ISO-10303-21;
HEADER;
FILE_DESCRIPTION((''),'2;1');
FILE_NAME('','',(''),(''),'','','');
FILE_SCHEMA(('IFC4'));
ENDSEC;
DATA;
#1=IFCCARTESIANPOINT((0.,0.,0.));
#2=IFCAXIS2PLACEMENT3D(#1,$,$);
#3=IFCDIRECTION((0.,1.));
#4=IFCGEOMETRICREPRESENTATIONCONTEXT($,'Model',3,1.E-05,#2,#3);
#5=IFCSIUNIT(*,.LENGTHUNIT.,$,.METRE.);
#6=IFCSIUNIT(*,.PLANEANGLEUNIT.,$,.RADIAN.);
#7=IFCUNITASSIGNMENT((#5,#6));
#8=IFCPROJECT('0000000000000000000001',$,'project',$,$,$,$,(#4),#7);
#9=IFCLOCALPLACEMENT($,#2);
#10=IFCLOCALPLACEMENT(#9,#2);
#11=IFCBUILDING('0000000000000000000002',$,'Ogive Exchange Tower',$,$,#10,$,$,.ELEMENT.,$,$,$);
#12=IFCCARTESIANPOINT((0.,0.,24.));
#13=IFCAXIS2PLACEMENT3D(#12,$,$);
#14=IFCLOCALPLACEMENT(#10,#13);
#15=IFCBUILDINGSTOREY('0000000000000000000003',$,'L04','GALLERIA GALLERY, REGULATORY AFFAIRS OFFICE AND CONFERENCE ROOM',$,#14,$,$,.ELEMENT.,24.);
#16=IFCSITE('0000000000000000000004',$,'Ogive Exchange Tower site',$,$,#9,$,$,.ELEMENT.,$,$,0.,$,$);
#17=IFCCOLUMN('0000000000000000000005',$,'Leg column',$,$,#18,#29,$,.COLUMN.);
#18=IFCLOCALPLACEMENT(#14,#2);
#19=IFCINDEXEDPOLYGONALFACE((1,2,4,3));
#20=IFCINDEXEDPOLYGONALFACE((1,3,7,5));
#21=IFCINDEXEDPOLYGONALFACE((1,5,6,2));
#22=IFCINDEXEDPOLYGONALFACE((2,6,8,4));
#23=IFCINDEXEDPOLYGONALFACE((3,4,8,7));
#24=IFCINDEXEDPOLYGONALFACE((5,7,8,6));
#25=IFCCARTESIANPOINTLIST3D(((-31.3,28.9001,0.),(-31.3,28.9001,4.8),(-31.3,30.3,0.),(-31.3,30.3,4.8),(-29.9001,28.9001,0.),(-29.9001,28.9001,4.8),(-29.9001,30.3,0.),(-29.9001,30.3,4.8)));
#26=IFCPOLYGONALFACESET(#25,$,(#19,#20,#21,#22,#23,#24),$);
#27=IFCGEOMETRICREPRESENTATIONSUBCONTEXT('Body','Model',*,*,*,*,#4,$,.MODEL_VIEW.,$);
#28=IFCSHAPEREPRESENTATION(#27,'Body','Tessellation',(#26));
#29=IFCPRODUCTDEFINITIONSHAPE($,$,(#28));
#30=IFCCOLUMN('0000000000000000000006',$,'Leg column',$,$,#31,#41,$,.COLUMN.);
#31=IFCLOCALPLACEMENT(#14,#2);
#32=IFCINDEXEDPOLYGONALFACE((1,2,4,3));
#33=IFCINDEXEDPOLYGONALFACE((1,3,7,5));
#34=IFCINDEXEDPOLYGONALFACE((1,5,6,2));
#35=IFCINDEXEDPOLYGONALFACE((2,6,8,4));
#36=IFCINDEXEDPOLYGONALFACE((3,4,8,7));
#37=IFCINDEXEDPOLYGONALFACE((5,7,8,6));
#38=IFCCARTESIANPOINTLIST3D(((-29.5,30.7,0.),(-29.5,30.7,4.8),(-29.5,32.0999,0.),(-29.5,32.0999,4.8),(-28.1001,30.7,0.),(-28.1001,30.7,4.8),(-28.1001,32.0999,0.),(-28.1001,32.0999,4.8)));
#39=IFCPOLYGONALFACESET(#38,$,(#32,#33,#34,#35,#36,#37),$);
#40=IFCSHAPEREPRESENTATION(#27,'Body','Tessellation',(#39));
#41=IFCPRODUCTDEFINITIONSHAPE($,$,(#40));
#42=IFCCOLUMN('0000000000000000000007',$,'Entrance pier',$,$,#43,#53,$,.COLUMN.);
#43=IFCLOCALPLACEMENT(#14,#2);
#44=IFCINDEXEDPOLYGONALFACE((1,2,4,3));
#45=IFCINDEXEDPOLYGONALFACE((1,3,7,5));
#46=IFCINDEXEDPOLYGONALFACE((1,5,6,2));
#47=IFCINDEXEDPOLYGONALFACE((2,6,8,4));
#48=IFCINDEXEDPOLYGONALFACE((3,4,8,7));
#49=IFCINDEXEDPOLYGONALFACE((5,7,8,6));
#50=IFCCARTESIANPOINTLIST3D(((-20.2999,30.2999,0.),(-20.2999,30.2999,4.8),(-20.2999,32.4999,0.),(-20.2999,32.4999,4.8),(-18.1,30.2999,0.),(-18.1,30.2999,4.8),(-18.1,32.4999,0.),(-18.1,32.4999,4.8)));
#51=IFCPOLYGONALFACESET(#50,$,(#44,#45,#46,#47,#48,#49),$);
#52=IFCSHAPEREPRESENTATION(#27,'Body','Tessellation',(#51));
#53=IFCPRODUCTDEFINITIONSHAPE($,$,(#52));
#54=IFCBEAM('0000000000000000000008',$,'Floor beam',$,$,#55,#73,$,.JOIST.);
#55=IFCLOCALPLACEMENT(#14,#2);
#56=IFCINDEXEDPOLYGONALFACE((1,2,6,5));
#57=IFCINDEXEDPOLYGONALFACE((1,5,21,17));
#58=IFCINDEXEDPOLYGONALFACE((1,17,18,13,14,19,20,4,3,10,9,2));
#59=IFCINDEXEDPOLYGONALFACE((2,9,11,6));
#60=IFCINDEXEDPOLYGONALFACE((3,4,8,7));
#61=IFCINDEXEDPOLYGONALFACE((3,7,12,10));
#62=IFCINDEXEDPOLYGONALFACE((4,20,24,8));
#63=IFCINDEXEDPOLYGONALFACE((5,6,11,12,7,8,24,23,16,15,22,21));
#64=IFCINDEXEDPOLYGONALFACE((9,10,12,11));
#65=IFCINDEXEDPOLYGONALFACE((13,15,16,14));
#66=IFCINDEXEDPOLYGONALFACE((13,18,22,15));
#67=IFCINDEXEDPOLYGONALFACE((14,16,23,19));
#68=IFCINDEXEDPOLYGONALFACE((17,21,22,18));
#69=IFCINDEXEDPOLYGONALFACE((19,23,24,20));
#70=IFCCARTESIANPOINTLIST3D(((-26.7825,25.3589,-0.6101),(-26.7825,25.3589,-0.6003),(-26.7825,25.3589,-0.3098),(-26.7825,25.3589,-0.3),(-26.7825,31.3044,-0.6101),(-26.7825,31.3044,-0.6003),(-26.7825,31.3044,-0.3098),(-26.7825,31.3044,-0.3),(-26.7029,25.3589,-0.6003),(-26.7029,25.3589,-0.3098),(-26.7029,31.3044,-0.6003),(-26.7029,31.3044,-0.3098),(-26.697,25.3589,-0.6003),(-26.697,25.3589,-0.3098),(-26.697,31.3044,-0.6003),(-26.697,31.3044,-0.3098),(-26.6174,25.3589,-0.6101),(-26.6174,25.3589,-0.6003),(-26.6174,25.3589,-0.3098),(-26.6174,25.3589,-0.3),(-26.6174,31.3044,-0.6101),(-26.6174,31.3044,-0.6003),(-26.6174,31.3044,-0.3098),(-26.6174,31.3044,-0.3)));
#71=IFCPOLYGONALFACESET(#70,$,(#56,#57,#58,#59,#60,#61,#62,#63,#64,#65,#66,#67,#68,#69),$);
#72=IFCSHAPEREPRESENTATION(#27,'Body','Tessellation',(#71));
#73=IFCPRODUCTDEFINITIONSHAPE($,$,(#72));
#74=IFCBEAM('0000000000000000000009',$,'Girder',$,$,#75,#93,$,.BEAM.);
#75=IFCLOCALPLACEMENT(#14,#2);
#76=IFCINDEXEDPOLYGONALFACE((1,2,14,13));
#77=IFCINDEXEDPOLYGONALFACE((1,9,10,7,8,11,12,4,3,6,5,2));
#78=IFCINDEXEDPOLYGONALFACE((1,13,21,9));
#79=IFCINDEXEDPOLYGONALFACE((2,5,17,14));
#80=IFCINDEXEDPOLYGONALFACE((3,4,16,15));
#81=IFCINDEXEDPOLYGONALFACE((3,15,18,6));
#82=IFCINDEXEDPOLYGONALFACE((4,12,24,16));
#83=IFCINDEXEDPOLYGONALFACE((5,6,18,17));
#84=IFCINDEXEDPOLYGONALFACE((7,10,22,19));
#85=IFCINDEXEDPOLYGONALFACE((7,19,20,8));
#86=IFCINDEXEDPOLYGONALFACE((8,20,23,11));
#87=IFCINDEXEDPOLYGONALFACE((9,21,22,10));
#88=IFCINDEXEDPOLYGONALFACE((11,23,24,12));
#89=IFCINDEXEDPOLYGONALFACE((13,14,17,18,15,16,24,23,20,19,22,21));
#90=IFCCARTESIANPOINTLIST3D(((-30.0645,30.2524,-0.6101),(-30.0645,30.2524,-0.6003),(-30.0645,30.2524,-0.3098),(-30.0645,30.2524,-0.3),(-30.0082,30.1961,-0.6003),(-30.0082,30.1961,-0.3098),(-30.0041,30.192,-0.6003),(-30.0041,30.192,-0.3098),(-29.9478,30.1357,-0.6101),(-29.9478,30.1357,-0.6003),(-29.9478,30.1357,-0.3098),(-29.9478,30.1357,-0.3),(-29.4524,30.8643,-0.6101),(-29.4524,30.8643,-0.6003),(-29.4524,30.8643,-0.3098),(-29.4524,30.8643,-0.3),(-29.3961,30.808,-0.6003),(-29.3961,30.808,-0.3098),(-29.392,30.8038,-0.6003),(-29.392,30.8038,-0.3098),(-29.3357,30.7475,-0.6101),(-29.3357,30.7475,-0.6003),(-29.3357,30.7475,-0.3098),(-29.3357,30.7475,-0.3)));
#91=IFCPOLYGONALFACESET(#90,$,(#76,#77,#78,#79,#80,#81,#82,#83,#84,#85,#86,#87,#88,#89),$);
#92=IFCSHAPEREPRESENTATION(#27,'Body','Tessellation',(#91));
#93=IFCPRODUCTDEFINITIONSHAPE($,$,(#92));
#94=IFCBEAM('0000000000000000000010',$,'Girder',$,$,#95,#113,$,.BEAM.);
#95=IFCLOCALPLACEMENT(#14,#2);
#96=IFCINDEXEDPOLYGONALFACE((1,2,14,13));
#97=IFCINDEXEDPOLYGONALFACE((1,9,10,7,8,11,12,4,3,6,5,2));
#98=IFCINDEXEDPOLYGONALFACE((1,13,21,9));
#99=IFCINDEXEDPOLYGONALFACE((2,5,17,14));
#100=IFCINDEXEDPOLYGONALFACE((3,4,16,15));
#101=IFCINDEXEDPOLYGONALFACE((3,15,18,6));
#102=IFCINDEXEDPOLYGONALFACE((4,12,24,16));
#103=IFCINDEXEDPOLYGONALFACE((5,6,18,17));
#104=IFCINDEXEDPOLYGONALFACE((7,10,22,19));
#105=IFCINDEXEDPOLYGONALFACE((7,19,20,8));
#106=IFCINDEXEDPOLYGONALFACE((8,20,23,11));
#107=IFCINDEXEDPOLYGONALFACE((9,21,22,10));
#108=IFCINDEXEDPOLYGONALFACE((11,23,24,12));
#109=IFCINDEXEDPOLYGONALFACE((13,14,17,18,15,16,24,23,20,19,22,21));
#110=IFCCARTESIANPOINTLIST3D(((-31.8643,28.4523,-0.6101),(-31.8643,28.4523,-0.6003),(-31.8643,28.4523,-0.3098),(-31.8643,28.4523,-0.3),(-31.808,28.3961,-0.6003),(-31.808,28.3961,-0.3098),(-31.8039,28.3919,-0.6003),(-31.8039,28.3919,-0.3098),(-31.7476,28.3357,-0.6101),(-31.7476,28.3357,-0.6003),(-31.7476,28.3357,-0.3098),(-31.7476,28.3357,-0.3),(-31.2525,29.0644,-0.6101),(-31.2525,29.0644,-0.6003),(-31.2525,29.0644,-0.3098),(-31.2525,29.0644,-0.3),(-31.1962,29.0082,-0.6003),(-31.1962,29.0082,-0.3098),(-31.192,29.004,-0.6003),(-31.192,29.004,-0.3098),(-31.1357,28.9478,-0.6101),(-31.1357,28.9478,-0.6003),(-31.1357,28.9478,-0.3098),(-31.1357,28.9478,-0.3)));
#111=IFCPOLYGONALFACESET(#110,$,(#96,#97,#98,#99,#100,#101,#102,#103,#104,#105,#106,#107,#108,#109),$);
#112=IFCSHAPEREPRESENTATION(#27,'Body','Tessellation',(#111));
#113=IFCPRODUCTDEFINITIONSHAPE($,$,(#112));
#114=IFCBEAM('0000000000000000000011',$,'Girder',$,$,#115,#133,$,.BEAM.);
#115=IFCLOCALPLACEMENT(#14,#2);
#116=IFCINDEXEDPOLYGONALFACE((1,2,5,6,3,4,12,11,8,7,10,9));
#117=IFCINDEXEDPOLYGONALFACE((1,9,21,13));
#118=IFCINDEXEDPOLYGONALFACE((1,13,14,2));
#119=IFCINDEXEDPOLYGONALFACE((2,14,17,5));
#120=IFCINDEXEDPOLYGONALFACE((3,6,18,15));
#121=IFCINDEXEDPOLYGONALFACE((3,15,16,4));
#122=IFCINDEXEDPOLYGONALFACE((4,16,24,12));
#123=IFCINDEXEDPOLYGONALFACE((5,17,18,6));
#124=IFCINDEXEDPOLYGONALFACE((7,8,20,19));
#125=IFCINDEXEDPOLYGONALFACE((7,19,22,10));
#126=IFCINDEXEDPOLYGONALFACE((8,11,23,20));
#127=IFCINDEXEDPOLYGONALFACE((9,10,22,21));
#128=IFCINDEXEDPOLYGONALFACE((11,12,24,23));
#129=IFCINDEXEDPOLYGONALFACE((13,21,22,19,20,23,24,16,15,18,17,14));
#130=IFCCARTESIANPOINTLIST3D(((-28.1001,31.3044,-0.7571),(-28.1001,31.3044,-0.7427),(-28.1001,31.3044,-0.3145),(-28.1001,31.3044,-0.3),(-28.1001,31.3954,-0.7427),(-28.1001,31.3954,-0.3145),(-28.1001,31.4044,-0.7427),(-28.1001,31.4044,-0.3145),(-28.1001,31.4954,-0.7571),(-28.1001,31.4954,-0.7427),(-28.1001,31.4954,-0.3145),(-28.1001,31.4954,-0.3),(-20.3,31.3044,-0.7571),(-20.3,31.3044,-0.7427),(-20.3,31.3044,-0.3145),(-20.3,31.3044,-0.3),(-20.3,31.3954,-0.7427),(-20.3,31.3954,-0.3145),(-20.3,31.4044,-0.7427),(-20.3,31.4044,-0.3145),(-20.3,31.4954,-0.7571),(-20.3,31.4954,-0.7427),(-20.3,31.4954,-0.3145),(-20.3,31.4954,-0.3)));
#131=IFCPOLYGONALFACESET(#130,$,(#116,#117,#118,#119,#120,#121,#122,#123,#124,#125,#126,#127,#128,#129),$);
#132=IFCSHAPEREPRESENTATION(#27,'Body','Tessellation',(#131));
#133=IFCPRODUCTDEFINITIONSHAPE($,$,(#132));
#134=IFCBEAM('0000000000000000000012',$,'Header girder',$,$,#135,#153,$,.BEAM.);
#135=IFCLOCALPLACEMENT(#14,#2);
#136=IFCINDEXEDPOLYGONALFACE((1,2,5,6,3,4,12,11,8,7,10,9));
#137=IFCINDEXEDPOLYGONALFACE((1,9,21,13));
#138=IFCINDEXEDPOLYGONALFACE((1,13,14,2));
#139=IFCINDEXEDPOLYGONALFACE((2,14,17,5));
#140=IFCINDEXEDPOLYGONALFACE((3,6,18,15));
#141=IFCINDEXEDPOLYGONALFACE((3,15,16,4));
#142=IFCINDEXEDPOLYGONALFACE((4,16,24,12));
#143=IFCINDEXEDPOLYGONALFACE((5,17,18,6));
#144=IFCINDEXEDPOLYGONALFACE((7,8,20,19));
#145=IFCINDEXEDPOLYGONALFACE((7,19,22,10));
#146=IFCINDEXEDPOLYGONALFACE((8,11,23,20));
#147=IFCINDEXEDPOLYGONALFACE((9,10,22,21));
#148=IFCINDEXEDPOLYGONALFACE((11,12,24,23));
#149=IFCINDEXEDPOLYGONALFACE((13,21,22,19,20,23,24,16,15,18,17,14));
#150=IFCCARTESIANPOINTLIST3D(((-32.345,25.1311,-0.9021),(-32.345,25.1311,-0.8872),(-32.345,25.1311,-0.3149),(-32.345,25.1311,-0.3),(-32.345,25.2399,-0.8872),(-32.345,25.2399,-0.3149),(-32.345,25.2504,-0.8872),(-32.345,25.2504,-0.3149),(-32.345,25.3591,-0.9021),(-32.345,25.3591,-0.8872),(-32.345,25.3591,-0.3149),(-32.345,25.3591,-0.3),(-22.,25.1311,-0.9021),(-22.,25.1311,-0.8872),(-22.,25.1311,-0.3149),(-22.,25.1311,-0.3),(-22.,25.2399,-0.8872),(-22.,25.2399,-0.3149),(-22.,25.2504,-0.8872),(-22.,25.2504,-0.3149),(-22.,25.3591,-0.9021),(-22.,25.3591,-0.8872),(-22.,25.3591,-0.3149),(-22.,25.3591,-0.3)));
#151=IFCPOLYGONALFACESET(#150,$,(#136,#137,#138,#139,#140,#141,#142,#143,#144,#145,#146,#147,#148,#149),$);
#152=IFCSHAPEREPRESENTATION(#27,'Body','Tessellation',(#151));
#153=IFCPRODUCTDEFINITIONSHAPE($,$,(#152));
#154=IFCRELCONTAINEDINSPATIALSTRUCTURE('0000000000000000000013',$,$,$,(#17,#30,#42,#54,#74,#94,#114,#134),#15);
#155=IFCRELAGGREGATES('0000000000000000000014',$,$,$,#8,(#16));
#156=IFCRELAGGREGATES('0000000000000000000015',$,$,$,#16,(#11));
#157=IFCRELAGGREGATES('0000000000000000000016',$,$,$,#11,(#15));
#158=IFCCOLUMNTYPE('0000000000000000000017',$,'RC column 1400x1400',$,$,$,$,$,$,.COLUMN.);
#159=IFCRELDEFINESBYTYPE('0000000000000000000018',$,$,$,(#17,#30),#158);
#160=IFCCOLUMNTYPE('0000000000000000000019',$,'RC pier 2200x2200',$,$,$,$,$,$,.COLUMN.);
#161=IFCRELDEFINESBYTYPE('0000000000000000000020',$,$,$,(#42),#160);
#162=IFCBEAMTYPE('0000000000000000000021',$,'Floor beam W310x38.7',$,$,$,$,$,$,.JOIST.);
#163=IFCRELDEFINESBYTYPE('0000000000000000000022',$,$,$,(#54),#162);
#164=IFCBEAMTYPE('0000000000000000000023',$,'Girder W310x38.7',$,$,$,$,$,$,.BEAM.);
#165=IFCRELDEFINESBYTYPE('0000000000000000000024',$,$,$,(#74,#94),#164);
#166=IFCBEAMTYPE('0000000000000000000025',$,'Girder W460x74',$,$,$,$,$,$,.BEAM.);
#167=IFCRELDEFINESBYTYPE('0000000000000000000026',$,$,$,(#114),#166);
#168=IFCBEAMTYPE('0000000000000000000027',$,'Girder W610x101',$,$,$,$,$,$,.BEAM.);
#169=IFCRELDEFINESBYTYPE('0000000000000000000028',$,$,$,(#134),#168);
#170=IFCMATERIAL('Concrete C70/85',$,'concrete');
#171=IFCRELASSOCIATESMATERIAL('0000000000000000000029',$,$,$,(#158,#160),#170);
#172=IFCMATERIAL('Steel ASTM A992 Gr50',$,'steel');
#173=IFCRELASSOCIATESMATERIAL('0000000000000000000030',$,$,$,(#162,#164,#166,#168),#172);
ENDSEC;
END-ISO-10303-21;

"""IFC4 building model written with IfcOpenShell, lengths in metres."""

from ifc_helpers import new_model, si_unit, direction, frame, origin, origin_2d, place, context, subcontext, project, spatial, rectangle, i_section, extrude, material, material_profile, profile_set, type_object, element, save


model = new_model("IFC4")

# Units and contexts
model_context = context("Model", 3, precision=1e-05, world=origin(), true_north=direction((0.0, 1.0)))
body_context = subcontext(model_context, "Body", "Model", "MODEL_VIEW")
ifc_project = project(units=[si_unit("LENGTHUNIT", "METRE"), si_unit("PLANEANGLEUNIT", "RADIAN")], contexts=[model_context])

# Site, building, storey
site_placement = place(None, origin())
site = spatial("IfcSite", under=ifc_project, at=site_placement, Name="Ogive Exchange Tower site", CompositionType="ELEMENT", RefElevation=0.0)
building_placement = place(site_placement, origin())
building = spatial("IfcBuilding", under=site, at=building_placement, Name="Ogive Exchange Tower", CompositionType="ELEMENT")
storey_placement = place(building_placement, frame((0.0, 0.0, 24.0)))
storey = spatial("IfcBuildingStorey", under=building, at=storey_placement, Name="L04", Description="GALLERIA GALLERY, REGULATORY AFFAIRS OFFICE AND CONFERENCE ROOM", CompositionType="ELEMENT", Elevation=24.0)

# Columns
ifc_material_1 = material(Name="Concrete C70/85", Category="concrete")
ifc_material_profile_1 = material_profile(ifc_material_1, rectangle(XDim=1.3999, YDim=1.3999, at=origin_2d()), Name="RC 1400x1400")
ifc_profile_set_1 = profile_set([ifc_material_profile_1], Name="Concrete C70/85")
column_type_1 = type_object("IfcColumnType", Name="RC column 1400x1400", PredefinedType="COLUMN", material=ifc_profile_set_1)
for number, where, z_axis, x_axis, name in (
    (1, (-30.6001, 29.6001, 0.0), (0.0, 0.0, 1.0), (1.0, 0.0, 0.0), "Leg column"),
    (2, (-28.8, 31.3999, 0.0), (0.0, 0.0, 1.0), (1.0, 0.0, 0.0), "Leg column"),
):
    element("IfcColumn", number, at=place(storey_placement, frame(where, z_axis=z_axis, x_axis=x_axis)), inside=storey, type_object=column_type_1, Name=name, PredefinedType="COLUMN", context=body_context, shape_type="SweptSolid", body=[
        extrude(rectangle(XDim=1.3999, YDim=1.3999, at=origin_2d()), origin(), (0.0, 0.0, 1.0), 4.8),
    ])
ifc_material_profile_2 = material_profile(ifc_material_1, rectangle(XDim=2.2, YDim=2.2, at=origin_2d()), Name="RC 2200x2200")
ifc_profile_set_2 = profile_set([ifc_material_profile_2], Name="Concrete C70/85")
column_type_2 = type_object("IfcColumnType", Name="RC pier 2200x2200", PredefinedType="COLUMN", material=ifc_profile_set_2)
column_placement = place(storey_placement, frame((-19.2, 31.3999, 0.0), z_axis=(0.0, 0.0, 1.0), x_axis=(1.0, 0.0, 0.0)))
element("IfcColumn", 3, at=column_placement, inside=storey, type_object=column_type_2, Name="Entrance pier", PredefinedType="COLUMN", context=body_context, shape_type="SweptSolid", body=[
    extrude(rectangle(XDim=2.2, YDim=2.2, at=origin_2d()), origin(), (0.0, 0.0, 1.0), 4.8),
])

# Beams
ifc_material_2 = material(Name="Steel ASTM A992 Gr50", Category="steel")
ifc_material_profile_3 = material_profile(ifc_material_2, i_section(OverallWidth=0.165, OverallDepth=0.3101, WebThickness=0.0059, FlangeThickness=0.0098, at=origin_2d()), Name="W310x38.7")
ifc_profile_set_3 = profile_set([ifc_material_profile_3], Name="Steel ASTM A992 Gr50")
beam_type_1 = type_object("IfcBeamType", Name="Floor beam W310x38.7", PredefinedType="JOIST", material=ifc_profile_set_3)
beam_1_placement = place(storey_placement, frame((-26.7, 25.3589, -0.4551), z_axis=(0.0, 1.0, 0.0), x_axis=(-1.0, 0.0, 0.0)))
element("IfcBeam", 4, at=beam_1_placement, inside=storey, type_object=beam_type_1, Name="Floor beam", PredefinedType="JOIST", context=body_context, shape_type="SweptSolid", body=[
    extrude(i_section(OverallWidth=0.165, OverallDepth=0.3101, WebThickness=0.0059, FlangeThickness=0.0098, at=origin_2d()), origin(), (0.0, 0.0, 1.0), 5.9456),
])
ifc_material_profile_4 = material_profile(ifc_material_2, i_section(OverallWidth=0.165, OverallDepth=0.3101, WebThickness=0.0059, FlangeThickness=0.0098, at=origin_2d()), Name="W310x38.7")
ifc_profile_set_4 = profile_set([ifc_material_profile_4], Name="Steel ASTM A992 Gr50")
beam_type_2 = type_object("IfcBeamType", Name="Girder W310x38.7", PredefinedType="BEAM", material=ifc_profile_set_4)
for number, where, z_axis, x_axis, name in (
    (5, (-29.394, 30.8059, -0.4551), (-0.707248, -0.706966, 0.0), (0.706966, -0.707248, 0.0), "Girder"),
    (6, (-31.1941, 29.0061, -0.4551), (-0.706966, -0.707248, 0.0), (0.707248, -0.706966, 0.0), "Girder"),
):
    element("IfcBeam", number, at=place(storey_placement, frame(where, z_axis=z_axis, x_axis=x_axis)), inside=storey, type_object=beam_type_2, Name=name, PredefinedType="BEAM", context=body_context, shape_type="SweptSolid", body=[
        extrude(i_section(OverallWidth=0.165, OverallDepth=0.3101, WebThickness=0.0059, FlangeThickness=0.0098, at=origin_2d()), origin(), (0.0, 0.0, 1.0), 0.8655),
    ])
ifc_material_profile_5 = material_profile(ifc_material_2, i_section(OverallWidth=0.1909, OverallDepth=0.457, WebThickness=0.009, FlangeThickness=0.0144, at=origin_2d()), Name="W460x74")
ifc_profile_set_5 = profile_set([ifc_material_profile_5], Name="Steel ASTM A992 Gr50")
beam_type_3 = type_object("IfcBeamType", Name="Girder W460x74", PredefinedType="BEAM", material=ifc_profile_set_5)
beam_2_placement = place(storey_placement, frame((-20.3, 31.3999, -0.5286), z_axis=(-1.0, 0.0, 0.0), x_axis=(0.0, -1.0, 0.0)))
element("IfcBeam", 7, at=beam_2_placement, inside=storey, type_object=beam_type_3, Name="Girder", PredefinedType="BEAM", context=body_context, shape_type="SweptSolid", body=[
    extrude(i_section(OverallWidth=0.1909, OverallDepth=0.457, WebThickness=0.009, FlangeThickness=0.0144, at=origin_2d()), origin(), (0.0, 0.0, 1.0), 7.8),
])
ifc_material_profile_6 = material_profile(ifc_material_2, i_section(OverallWidth=0.228, OverallDepth=0.6021, WebThickness=0.0105, FlangeThickness=0.0149, at=origin_2d()), Name="W610x101")
ifc_profile_set_6 = profile_set([ifc_material_profile_6], Name="Steel ASTM A992 Gr50")
beam_type_4 = type_object("IfcBeamType", Name="Girder W610x101", PredefinedType="BEAM", material=ifc_profile_set_6)
beam_3_placement = place(storey_placement, frame((-22.0, 25.2451, -0.6011), z_axis=(-1.0, 0.0, 0.0), x_axis=(0.0, -1.0, 0.0)))
element("IfcBeam", 8, at=beam_3_placement, inside=storey, type_object=beam_type_4, Name="Header girder", PredefinedType="BEAM", context=body_context, shape_type="SweptSolid", body=[
    extrude(i_section(OverallWidth=0.228, OverallDepth=0.6021, WebThickness=0.0105, FlangeThickness=0.0149, at=origin_2d()), origin(), (0.0, 0.0, 1.0), 10.345),
])

save(model, "model.ifc")
